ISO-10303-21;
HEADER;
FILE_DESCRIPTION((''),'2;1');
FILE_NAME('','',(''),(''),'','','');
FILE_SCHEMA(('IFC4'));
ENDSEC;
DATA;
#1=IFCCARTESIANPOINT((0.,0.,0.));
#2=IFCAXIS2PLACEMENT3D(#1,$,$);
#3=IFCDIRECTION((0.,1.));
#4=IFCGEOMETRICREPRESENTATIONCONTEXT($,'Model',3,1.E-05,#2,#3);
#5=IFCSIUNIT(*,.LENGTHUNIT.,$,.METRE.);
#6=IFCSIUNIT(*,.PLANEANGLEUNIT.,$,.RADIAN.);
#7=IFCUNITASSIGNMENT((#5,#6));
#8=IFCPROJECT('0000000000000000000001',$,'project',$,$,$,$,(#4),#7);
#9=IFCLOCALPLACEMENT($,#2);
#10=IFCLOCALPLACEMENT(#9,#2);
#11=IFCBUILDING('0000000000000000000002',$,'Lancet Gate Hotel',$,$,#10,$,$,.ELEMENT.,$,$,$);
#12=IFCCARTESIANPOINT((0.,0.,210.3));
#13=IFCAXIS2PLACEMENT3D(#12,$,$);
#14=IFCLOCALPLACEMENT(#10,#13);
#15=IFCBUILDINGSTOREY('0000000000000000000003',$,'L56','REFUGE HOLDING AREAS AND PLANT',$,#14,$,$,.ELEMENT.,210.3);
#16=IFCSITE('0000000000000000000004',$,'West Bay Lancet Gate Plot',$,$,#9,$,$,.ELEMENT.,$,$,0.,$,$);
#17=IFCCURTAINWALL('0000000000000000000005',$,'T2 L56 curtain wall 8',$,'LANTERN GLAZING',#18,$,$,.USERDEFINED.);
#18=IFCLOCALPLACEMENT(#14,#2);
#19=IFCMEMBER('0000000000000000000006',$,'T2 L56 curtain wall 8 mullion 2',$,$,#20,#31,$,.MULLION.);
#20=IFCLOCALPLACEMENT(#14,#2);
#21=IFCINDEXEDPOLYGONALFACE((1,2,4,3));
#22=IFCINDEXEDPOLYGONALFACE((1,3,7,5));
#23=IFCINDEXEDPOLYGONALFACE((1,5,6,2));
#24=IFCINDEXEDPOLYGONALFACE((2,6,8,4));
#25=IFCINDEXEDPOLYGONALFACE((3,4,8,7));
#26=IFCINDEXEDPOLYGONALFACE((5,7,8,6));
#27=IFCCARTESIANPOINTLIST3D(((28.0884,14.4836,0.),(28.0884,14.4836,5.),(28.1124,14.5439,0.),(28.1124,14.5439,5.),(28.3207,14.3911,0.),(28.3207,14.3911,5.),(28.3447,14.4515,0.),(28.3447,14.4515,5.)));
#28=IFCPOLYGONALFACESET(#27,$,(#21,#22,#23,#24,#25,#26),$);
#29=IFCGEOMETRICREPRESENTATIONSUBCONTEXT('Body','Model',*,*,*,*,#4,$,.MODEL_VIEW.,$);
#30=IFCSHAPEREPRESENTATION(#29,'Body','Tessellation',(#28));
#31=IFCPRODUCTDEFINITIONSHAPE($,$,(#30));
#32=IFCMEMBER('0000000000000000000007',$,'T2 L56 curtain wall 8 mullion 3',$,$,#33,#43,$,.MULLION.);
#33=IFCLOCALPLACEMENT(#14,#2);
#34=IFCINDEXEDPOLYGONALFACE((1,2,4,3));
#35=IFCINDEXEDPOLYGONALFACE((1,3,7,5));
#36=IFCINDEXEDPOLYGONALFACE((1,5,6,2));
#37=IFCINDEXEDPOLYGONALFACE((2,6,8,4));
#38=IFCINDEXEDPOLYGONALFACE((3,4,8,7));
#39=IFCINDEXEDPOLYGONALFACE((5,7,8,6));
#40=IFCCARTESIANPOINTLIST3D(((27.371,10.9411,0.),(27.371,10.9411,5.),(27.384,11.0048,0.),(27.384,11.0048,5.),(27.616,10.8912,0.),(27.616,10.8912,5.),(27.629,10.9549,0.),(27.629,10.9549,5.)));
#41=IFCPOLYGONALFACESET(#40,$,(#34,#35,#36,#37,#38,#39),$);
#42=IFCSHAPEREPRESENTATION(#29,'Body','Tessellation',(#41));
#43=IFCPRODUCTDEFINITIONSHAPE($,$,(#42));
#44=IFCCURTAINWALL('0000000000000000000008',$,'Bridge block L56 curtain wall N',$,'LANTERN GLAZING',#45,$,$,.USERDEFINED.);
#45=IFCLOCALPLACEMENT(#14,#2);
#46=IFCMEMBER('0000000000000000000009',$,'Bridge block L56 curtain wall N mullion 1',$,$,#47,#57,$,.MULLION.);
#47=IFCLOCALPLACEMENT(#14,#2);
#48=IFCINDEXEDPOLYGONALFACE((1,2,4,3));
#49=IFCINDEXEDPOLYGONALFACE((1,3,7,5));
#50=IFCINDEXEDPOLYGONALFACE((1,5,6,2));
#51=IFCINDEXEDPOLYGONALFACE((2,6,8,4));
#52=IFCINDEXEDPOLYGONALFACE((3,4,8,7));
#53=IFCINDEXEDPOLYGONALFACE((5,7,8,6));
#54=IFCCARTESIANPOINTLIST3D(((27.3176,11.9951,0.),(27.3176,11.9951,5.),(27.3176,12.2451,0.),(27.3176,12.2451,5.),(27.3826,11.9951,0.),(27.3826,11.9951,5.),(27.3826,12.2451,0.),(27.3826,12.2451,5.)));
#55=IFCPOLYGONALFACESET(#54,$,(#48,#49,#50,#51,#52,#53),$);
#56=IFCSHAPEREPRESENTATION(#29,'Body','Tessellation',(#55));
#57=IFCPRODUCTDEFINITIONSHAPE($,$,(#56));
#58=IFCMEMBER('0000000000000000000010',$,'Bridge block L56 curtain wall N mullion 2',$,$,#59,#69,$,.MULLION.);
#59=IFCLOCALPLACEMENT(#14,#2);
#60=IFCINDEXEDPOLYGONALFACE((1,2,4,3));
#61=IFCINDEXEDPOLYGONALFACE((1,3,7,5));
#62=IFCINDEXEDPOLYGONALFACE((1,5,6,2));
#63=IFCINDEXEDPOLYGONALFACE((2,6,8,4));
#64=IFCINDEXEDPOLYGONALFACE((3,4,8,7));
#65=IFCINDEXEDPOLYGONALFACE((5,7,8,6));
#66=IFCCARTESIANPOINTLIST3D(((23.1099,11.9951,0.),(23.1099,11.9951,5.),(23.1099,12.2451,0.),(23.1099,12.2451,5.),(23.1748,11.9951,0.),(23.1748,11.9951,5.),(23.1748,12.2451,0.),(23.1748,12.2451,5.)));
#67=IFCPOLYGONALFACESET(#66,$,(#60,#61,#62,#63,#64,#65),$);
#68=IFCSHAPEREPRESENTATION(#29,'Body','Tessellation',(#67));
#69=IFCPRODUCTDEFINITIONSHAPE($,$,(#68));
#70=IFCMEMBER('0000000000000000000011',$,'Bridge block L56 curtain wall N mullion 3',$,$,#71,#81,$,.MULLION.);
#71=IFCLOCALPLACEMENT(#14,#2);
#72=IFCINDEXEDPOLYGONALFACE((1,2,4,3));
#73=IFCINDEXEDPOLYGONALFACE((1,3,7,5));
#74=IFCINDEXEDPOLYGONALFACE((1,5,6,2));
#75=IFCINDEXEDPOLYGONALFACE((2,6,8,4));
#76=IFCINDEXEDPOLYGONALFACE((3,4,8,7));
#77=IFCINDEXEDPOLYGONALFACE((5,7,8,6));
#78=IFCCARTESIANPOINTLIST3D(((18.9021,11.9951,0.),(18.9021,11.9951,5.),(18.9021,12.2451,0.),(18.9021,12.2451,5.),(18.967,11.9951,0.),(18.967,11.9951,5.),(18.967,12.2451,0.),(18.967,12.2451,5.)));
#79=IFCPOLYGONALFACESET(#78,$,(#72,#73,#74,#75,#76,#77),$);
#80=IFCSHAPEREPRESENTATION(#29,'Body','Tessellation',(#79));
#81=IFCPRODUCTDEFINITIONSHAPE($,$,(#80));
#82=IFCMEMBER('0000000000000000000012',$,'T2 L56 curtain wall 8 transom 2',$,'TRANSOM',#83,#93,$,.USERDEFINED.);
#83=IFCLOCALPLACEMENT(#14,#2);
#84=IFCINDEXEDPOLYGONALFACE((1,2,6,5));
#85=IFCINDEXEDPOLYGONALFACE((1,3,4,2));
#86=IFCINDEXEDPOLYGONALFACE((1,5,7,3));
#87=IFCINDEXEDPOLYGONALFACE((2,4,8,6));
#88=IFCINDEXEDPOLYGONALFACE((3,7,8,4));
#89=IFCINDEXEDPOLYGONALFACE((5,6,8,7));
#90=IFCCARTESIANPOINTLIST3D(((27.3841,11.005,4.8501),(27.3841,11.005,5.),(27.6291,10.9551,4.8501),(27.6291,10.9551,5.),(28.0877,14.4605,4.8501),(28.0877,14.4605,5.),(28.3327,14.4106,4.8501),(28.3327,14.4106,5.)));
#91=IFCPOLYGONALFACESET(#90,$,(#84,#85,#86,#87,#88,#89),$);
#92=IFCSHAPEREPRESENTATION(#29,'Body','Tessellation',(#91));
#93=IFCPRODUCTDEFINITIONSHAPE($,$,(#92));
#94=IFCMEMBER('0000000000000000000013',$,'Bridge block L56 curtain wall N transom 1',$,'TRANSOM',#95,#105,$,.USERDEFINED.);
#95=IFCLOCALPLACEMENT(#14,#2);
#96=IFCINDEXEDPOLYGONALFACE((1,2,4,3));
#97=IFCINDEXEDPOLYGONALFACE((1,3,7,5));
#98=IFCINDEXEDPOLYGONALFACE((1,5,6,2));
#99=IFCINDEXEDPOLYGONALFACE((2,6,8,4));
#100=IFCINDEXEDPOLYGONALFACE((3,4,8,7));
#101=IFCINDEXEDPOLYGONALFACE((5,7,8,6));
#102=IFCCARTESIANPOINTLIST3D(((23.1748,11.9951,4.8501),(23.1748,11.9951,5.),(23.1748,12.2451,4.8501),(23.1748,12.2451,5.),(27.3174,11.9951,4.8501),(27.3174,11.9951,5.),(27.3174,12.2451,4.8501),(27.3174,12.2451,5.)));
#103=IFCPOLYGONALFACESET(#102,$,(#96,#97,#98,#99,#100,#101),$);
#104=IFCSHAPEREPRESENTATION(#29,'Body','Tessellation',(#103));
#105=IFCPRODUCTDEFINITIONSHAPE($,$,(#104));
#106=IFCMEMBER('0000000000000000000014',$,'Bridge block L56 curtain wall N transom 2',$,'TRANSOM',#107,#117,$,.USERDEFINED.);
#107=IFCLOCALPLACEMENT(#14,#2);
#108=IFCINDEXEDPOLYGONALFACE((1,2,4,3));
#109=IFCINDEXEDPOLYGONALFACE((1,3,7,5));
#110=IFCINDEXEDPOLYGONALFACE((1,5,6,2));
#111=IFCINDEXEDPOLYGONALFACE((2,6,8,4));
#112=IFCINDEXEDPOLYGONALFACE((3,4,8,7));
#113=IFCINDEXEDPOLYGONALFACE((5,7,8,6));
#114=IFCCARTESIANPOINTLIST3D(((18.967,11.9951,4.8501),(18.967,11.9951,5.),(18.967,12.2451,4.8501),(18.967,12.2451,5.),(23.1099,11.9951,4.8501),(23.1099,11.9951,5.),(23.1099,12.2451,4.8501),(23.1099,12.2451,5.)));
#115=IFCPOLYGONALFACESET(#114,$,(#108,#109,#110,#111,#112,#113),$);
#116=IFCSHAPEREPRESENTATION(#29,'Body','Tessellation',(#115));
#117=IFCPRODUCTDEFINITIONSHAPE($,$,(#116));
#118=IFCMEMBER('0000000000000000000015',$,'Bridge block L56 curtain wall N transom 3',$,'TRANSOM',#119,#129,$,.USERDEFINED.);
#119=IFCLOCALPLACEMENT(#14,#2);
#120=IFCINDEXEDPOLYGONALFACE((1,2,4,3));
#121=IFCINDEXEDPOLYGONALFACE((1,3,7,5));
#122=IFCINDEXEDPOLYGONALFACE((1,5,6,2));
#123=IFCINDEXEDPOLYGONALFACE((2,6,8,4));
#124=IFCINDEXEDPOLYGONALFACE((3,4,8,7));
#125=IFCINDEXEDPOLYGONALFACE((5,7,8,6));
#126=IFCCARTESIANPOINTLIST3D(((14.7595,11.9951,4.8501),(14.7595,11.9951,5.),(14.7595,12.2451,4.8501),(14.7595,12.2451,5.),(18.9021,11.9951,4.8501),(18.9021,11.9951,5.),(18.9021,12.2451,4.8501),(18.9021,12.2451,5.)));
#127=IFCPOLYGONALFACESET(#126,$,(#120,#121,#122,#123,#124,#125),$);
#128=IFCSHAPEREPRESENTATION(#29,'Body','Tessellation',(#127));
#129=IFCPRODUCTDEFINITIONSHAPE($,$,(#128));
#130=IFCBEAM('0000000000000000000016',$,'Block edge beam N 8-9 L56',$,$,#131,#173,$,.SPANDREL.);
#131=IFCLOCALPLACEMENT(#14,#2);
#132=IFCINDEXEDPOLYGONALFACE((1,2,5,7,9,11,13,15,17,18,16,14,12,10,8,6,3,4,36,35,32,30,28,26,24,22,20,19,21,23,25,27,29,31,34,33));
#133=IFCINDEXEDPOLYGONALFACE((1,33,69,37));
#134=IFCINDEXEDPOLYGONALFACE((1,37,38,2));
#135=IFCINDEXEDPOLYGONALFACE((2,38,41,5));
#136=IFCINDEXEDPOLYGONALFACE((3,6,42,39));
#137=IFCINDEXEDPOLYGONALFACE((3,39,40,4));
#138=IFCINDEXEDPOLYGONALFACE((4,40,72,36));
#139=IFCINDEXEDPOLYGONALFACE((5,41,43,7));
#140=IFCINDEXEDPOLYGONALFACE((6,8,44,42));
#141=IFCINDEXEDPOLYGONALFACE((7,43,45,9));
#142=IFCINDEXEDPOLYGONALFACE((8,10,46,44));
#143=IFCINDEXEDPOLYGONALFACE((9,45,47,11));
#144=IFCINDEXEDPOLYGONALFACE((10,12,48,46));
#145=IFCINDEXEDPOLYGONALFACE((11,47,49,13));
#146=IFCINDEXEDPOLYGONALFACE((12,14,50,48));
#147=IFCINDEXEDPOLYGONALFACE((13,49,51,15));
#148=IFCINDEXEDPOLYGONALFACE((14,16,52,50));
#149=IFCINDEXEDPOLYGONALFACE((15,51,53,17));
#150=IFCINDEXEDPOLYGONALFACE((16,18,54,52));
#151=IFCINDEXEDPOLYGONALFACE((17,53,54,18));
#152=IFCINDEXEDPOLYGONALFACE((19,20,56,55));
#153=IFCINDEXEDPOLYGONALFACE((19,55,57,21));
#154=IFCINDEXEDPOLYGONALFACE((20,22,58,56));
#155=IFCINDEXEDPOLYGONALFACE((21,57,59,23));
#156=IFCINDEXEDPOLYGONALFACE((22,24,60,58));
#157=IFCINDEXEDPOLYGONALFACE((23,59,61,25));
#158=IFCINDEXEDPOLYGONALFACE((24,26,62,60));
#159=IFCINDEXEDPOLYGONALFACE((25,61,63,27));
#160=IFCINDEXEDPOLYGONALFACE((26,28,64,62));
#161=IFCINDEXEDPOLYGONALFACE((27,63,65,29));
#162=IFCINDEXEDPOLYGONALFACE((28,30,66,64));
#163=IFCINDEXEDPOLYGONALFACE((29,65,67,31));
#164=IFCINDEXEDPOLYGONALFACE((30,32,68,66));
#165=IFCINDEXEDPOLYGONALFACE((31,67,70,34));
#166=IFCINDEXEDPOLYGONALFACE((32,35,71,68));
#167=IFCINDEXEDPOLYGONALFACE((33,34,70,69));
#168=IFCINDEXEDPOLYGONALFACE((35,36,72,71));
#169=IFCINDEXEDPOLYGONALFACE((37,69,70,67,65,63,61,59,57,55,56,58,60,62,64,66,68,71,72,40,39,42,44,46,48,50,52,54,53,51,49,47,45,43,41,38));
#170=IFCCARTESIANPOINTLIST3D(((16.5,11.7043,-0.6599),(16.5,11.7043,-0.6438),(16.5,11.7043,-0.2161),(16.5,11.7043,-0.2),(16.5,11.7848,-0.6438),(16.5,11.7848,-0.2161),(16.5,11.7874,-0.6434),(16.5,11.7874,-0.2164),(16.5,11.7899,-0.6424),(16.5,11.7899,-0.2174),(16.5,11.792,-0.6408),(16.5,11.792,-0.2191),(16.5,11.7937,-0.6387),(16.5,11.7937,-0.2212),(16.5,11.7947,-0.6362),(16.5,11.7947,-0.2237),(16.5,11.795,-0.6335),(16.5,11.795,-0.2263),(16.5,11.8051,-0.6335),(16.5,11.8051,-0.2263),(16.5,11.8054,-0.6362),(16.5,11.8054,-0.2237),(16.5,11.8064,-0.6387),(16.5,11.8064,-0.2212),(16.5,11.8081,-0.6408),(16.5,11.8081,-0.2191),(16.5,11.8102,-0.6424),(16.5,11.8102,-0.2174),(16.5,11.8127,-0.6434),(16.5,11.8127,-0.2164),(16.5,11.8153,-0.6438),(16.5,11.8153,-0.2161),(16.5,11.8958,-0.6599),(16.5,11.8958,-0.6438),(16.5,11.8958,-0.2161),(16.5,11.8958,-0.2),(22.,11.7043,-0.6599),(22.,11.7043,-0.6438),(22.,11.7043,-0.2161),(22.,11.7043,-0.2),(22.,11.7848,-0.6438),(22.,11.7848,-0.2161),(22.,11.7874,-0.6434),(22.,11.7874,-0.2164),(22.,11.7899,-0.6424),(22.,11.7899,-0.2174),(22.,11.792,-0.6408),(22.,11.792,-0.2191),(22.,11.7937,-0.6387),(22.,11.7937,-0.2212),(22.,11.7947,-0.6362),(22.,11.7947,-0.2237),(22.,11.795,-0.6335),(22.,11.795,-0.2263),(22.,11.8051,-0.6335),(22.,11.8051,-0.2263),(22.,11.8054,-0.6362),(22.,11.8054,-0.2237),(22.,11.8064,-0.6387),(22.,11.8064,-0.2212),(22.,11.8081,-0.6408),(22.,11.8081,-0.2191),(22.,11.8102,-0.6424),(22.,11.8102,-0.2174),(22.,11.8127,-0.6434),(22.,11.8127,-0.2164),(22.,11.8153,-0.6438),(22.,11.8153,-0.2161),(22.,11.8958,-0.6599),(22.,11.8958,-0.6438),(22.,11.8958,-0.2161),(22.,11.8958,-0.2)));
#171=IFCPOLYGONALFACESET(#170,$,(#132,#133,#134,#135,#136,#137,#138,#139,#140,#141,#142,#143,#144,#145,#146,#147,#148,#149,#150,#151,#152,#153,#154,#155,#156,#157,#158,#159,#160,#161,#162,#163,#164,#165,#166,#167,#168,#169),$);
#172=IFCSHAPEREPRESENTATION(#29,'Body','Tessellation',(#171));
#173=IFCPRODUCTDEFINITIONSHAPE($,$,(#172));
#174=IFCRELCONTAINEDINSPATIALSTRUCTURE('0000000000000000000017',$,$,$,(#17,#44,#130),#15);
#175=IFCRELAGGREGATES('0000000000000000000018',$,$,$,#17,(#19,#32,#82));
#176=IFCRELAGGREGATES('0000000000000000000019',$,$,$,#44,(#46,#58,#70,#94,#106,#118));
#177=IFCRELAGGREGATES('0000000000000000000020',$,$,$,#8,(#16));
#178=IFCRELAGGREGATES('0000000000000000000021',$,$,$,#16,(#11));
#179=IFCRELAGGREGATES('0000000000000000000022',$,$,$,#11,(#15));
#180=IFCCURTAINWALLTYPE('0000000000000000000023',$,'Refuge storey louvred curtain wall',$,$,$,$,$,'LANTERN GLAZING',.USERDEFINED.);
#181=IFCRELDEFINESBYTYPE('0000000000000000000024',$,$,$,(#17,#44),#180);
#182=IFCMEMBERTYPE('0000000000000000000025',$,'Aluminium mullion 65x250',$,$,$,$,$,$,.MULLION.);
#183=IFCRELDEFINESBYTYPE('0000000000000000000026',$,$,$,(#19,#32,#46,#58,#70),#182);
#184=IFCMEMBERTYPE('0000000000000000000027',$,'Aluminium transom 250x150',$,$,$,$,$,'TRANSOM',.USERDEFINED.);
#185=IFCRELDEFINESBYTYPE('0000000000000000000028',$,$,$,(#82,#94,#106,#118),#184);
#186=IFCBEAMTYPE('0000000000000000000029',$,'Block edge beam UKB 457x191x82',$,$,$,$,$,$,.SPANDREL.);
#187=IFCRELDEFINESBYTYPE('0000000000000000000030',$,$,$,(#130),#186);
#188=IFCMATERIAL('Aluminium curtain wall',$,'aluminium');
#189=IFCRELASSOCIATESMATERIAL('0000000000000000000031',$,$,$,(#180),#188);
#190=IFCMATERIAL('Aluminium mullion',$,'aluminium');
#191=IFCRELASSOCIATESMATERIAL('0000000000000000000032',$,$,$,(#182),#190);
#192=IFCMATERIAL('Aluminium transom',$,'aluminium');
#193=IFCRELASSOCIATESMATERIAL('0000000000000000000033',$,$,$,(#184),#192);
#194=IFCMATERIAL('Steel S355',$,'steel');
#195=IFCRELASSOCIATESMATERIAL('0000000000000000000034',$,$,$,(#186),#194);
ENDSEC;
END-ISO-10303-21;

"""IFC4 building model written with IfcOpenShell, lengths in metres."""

from ifc_helpers import new_model, si_unit, direction, frame, origin, origin_2d, place, context, subcontext, project, spatial, rectangle, i_section, extrude, material, material_profile, profile_set, type_object, element, aggregate, save


model = new_model("IFC4")

# Units and contexts
model_context = context("Model", 3, precision=1e-05, world=origin(), true_north=direction((0.0, 1.0)))
body_context = subcontext(model_context, "Body", "Model", "MODEL_VIEW")
ifc_project = project(units=[si_unit("LENGTHUNIT", "METRE"), si_unit("PLANEANGLEUNIT", "RADIAN")], contexts=[model_context])

# Site, building, storey
site_placement = place(None, origin())
site = spatial("IfcSite", under=ifc_project, at=site_placement, Name="West Bay Lancet Gate Plot", CompositionType="ELEMENT", RefElevation=0.0)
building_placement = place(site_placement, origin())
building = spatial("IfcBuilding", under=site, at=building_placement, Name="Lancet Gate Hotel", CompositionType="ELEMENT")
storey_placement = place(building_placement, frame((0.0, 0.0, 210.3)))
storey = spatial("IfcBuildingStorey", under=building, at=storey_placement, Name="L56", Description="REFUGE HOLDING AREAS AND PLANT", CompositionType="ELEMENT", Elevation=210.3)

# Curtain walls, members
ifc_material_1 = material(Name="Aluminium curtain wall", Category="aluminium")
curtain_wall_type = type_object("IfcCurtainWallType", Name="Refuge storey louvred curtain wall", ElementType="LANTERN GLAZING", PredefinedType="USERDEFINED", material=ifc_material_1)
curtain_wall_1_placement = place(storey_placement, origin())
curtain_wall_1 = element("IfcCurtainWall", 1, at=curtain_wall_1_placement, inside=storey, type_object=curtain_wall_type, Name="T2 L56 curtain wall 8", ObjectType="LANTERN GLAZING", PredefinedType="USERDEFINED")
ifc_material_2 = material(Name="Aluminium mullion", Category="aluminium")
ifc_material_profile_1 = material_profile(ifc_material_2, rectangle(XDim=0.0649, YDim=0.25, at=origin_2d()), Name="MULLION 65x250")
ifc_profile_set_1 = profile_set([ifc_material_profile_1], Name="Aluminium mullion")
member_type_1 = type_object("IfcMemberType", Name="Aluminium mullion 65x250", PredefinedType="MULLION", material=ifc_profile_set_1)
member_1_placement = place(storey_placement, frame((28.2166, 14.4675, 0.0), z_axis=(0.0, 0.0, 1.0), x_axis=(-0.36971, -0.929147, 0.0)))
member_1 = element("IfcMember", 2, at=member_1_placement, type_object=member_type_1, Name="T2 L56 curtain wall 8 mullion 2", PredefinedType="MULLION", context=body_context, shape_type="SweptSolid", body=[
    extrude(rectangle(XDim=0.0649, YDim=0.25, at=origin_2d()), origin(), (0.0, 0.0, 1.0), 5.0),
])
member_2_placement = place(storey_placement, frame((27.5, 10.948, 0.0), z_axis=(0.0, 0.0, 1.0), x_axis=(-0.199533, -0.979891, 0.0)))
member_2 = element("IfcMember", 3, at=member_2_placement, type_object=member_type_1, Name="T2 L56 curtain wall 8 mullion 3", PredefinedType="MULLION", context=body_context, shape_type="SweptSolid", body=[
    extrude(rectangle(XDim=0.0649, YDim=0.25, at=origin_2d()), origin(), (0.0, 0.0, 1.0), 5.0),
])
curtain_wall_2_placement = place(storey_placement, origin())
curtain_wall_2 = element("IfcCurtainWall", 4, at=curtain_wall_2_placement, inside=storey, type_object=curtain_wall_type, Name="Bridge block L56 curtain wall N", ObjectType="LANTERN GLAZING", PredefinedType="USERDEFINED")
member_3_placement = place(storey_placement, frame((27.3501, 12.1201, 0.0), z_axis=(0.0, 0.0, 1.0), x_axis=(-1.0, 0.0, 0.0)))
member_3 = element("IfcMember", 5, at=member_3_placement, type_object=member_type_1, Name="Bridge block L56 curtain wall N mullion 1", PredefinedType="MULLION", context=body_context, shape_type="SweptSolid", body=[
    extrude(rectangle(XDim=0.0649, YDim=0.25, at=origin_2d()), origin(), (0.0, 0.0, 1.0), 5.0),
])
member_4_placement = place(storey_placement, frame((23.1423, 12.1201, 0.0), z_axis=(0.0, 0.0, 1.0), x_axis=(-1.0, 0.0, 0.0)))
member_4 = element("IfcMember", 6, at=member_4_placement, type_object=member_type_1, Name="Bridge block L56 curtain wall N mullion 2", PredefinedType="MULLION", context=body_context, shape_type="SweptSolid", body=[
    extrude(rectangle(XDim=0.0649, YDim=0.25, at=origin_2d()), origin(), (0.0, 0.0, 1.0), 5.0),
])
member_5_placement = place(storey_placement, frame((18.9346, 12.1201, 0.0), z_axis=(0.0, 0.0, 1.0), x_axis=(-1.0, 0.0, 0.0)))
member_5 = element("IfcMember", 7, at=member_5_placement, type_object=member_type_1, Name="Bridge block L56 curtain wall N mullion 3", PredefinedType="MULLION", context=body_context, shape_type="SweptSolid", body=[
    extrude(rectangle(XDim=0.0649, YDim=0.25, at=origin_2d()), origin(), (0.0, 0.0, 1.0), 5.0),
])

# Members
ifc_material_3 = material(Name="Aluminium transom", Category="aluminium")
ifc_material_profile_2 = material_profile(ifc_material_3, rectangle(XDim=0.25, YDim=0.1499, at=origin_2d()), Name="TRANSOM 250x150")
ifc_profile_set_2 = profile_set([ifc_material_profile_2], Name="Aluminium transom")
member_type_2 = type_object("IfcMemberType", Name="Aluminium transom 250x150", ElementType="TRANSOM", PredefinedType="USERDEFINED", material=ifc_profile_set_2)
member_6_placement = place(storey_placement, frame((28.2102, 14.4355, 4.925), z_axis=(-0.199523, -0.979893, 0.0), x_axis=(0.979893, -0.199523, 0.0)))
member_6 = element("IfcMember", 8, at=member_6_placement, type_object=member_type_2, Name="T2 L56 curtain wall 8 transom 2", ObjectType="TRANSOM", PredefinedType="USERDEFINED", context=body_context, shape_type="SweptSolid", body=[
    extrude(rectangle(XDim=0.25, YDim=0.1499, at=origin_2d()), origin(), (0.0, 0.0, 1.0), 3.5264),
])
member_7_placement = place(storey_placement, frame((27.3174, 12.1201, 4.925), z_axis=(-1.0, 0.0, 0.0), x_axis=(0.0, -1.0, 0.0)))
member_7 = element("IfcMember", 9, at=member_7_placement, type_object=member_type_2, Name="Bridge block L56 curtain wall N transom 1", ObjectType="TRANSOM", PredefinedType="USERDEFINED", context=body_context, shape_type="SweptSolid", body=[
    extrude(rectangle(XDim=0.25, YDim=0.1499, at=origin_2d()), origin(), (0.0, 0.0, 1.0), 4.1426),
])
member_8_placement = place(storey_placement, frame((23.1099, 12.1201, 4.925), z_axis=(-1.0, 0.0, 0.0), x_axis=(0.0, -1.0, 0.0)))
member_8 = element("IfcMember", 10, at=member_8_placement, type_object=member_type_2, Name="Bridge block L56 curtain wall N transom 2", ObjectType="TRANSOM", PredefinedType="USERDEFINED", context=body_context, shape_type="SweptSolid", body=[
    extrude(rectangle(XDim=0.25, YDim=0.1499, at=origin_2d()), origin(), (0.0, 0.0, 1.0), 4.1428),
])
member_9_placement = place(storey_placement, frame((18.9021, 12.1201, 4.925), z_axis=(-1.0, 0.0, 0.0), x_axis=(0.0, -1.0, 0.0)))
member_9 = element("IfcMember", 11, at=member_9_placement, type_object=member_type_2, Name="Bridge block L56 curtain wall N transom 3", ObjectType="TRANSOM", PredefinedType="USERDEFINED", context=body_context, shape_type="SweptSolid", body=[
    extrude(rectangle(XDim=0.25, YDim=0.1499, at=origin_2d()), origin(), (0.0, 0.0, 1.0), 4.1426),
])

# Beam
ifc_material_4 = material(Name="Steel S355", Category="steel")
ifc_material_profile_3 = material_profile(ifc_material_4, i_section(OverallWidth=0.1914, OverallDepth=0.46, WebThickness=0.01, FlangeThickness=0.0161, FilletRadius=0.0103, at=origin_2d()), Name="UKB 457x191x82")
ifc_profile_set_3 = profile_set([ifc_material_profile_3], Name="Steel S355")
beam_type_1 = type_object("IfcBeamType", Name="Block edge beam UKB 457x191x82", PredefinedType="SPANDREL", material=ifc_profile_set_3)
beam_1_placement = place(storey_placement, frame((16.5, 11.8, -0.4299), z_axis=(1.0, 0.0, 0.0), x_axis=(0.0, 1.0, 0.0)))
element("IfcBeam", 12, at=beam_1_placement, inside=storey, type_object=beam_type_1, Name="Block edge beam N 8-9 L56", PredefinedType="SPANDREL", context=body_context, shape_type="SweptSolid", body=[
    extrude(i_section(OverallWidth=0.1914, OverallDepth=0.46, WebThickness=0.01, FlangeThickness=0.0161, FilletRadius=0.0103, at=origin_2d()), origin(), (0.0, 0.0, 1.0), 5.5),
])

aggregate(curtain_wall_1, [member_1, member_2, member_6])
aggregate(curtain_wall_2, [member_3, member_4, member_5, member_7, member_8, member_9])

save(model, "model.ifc")
